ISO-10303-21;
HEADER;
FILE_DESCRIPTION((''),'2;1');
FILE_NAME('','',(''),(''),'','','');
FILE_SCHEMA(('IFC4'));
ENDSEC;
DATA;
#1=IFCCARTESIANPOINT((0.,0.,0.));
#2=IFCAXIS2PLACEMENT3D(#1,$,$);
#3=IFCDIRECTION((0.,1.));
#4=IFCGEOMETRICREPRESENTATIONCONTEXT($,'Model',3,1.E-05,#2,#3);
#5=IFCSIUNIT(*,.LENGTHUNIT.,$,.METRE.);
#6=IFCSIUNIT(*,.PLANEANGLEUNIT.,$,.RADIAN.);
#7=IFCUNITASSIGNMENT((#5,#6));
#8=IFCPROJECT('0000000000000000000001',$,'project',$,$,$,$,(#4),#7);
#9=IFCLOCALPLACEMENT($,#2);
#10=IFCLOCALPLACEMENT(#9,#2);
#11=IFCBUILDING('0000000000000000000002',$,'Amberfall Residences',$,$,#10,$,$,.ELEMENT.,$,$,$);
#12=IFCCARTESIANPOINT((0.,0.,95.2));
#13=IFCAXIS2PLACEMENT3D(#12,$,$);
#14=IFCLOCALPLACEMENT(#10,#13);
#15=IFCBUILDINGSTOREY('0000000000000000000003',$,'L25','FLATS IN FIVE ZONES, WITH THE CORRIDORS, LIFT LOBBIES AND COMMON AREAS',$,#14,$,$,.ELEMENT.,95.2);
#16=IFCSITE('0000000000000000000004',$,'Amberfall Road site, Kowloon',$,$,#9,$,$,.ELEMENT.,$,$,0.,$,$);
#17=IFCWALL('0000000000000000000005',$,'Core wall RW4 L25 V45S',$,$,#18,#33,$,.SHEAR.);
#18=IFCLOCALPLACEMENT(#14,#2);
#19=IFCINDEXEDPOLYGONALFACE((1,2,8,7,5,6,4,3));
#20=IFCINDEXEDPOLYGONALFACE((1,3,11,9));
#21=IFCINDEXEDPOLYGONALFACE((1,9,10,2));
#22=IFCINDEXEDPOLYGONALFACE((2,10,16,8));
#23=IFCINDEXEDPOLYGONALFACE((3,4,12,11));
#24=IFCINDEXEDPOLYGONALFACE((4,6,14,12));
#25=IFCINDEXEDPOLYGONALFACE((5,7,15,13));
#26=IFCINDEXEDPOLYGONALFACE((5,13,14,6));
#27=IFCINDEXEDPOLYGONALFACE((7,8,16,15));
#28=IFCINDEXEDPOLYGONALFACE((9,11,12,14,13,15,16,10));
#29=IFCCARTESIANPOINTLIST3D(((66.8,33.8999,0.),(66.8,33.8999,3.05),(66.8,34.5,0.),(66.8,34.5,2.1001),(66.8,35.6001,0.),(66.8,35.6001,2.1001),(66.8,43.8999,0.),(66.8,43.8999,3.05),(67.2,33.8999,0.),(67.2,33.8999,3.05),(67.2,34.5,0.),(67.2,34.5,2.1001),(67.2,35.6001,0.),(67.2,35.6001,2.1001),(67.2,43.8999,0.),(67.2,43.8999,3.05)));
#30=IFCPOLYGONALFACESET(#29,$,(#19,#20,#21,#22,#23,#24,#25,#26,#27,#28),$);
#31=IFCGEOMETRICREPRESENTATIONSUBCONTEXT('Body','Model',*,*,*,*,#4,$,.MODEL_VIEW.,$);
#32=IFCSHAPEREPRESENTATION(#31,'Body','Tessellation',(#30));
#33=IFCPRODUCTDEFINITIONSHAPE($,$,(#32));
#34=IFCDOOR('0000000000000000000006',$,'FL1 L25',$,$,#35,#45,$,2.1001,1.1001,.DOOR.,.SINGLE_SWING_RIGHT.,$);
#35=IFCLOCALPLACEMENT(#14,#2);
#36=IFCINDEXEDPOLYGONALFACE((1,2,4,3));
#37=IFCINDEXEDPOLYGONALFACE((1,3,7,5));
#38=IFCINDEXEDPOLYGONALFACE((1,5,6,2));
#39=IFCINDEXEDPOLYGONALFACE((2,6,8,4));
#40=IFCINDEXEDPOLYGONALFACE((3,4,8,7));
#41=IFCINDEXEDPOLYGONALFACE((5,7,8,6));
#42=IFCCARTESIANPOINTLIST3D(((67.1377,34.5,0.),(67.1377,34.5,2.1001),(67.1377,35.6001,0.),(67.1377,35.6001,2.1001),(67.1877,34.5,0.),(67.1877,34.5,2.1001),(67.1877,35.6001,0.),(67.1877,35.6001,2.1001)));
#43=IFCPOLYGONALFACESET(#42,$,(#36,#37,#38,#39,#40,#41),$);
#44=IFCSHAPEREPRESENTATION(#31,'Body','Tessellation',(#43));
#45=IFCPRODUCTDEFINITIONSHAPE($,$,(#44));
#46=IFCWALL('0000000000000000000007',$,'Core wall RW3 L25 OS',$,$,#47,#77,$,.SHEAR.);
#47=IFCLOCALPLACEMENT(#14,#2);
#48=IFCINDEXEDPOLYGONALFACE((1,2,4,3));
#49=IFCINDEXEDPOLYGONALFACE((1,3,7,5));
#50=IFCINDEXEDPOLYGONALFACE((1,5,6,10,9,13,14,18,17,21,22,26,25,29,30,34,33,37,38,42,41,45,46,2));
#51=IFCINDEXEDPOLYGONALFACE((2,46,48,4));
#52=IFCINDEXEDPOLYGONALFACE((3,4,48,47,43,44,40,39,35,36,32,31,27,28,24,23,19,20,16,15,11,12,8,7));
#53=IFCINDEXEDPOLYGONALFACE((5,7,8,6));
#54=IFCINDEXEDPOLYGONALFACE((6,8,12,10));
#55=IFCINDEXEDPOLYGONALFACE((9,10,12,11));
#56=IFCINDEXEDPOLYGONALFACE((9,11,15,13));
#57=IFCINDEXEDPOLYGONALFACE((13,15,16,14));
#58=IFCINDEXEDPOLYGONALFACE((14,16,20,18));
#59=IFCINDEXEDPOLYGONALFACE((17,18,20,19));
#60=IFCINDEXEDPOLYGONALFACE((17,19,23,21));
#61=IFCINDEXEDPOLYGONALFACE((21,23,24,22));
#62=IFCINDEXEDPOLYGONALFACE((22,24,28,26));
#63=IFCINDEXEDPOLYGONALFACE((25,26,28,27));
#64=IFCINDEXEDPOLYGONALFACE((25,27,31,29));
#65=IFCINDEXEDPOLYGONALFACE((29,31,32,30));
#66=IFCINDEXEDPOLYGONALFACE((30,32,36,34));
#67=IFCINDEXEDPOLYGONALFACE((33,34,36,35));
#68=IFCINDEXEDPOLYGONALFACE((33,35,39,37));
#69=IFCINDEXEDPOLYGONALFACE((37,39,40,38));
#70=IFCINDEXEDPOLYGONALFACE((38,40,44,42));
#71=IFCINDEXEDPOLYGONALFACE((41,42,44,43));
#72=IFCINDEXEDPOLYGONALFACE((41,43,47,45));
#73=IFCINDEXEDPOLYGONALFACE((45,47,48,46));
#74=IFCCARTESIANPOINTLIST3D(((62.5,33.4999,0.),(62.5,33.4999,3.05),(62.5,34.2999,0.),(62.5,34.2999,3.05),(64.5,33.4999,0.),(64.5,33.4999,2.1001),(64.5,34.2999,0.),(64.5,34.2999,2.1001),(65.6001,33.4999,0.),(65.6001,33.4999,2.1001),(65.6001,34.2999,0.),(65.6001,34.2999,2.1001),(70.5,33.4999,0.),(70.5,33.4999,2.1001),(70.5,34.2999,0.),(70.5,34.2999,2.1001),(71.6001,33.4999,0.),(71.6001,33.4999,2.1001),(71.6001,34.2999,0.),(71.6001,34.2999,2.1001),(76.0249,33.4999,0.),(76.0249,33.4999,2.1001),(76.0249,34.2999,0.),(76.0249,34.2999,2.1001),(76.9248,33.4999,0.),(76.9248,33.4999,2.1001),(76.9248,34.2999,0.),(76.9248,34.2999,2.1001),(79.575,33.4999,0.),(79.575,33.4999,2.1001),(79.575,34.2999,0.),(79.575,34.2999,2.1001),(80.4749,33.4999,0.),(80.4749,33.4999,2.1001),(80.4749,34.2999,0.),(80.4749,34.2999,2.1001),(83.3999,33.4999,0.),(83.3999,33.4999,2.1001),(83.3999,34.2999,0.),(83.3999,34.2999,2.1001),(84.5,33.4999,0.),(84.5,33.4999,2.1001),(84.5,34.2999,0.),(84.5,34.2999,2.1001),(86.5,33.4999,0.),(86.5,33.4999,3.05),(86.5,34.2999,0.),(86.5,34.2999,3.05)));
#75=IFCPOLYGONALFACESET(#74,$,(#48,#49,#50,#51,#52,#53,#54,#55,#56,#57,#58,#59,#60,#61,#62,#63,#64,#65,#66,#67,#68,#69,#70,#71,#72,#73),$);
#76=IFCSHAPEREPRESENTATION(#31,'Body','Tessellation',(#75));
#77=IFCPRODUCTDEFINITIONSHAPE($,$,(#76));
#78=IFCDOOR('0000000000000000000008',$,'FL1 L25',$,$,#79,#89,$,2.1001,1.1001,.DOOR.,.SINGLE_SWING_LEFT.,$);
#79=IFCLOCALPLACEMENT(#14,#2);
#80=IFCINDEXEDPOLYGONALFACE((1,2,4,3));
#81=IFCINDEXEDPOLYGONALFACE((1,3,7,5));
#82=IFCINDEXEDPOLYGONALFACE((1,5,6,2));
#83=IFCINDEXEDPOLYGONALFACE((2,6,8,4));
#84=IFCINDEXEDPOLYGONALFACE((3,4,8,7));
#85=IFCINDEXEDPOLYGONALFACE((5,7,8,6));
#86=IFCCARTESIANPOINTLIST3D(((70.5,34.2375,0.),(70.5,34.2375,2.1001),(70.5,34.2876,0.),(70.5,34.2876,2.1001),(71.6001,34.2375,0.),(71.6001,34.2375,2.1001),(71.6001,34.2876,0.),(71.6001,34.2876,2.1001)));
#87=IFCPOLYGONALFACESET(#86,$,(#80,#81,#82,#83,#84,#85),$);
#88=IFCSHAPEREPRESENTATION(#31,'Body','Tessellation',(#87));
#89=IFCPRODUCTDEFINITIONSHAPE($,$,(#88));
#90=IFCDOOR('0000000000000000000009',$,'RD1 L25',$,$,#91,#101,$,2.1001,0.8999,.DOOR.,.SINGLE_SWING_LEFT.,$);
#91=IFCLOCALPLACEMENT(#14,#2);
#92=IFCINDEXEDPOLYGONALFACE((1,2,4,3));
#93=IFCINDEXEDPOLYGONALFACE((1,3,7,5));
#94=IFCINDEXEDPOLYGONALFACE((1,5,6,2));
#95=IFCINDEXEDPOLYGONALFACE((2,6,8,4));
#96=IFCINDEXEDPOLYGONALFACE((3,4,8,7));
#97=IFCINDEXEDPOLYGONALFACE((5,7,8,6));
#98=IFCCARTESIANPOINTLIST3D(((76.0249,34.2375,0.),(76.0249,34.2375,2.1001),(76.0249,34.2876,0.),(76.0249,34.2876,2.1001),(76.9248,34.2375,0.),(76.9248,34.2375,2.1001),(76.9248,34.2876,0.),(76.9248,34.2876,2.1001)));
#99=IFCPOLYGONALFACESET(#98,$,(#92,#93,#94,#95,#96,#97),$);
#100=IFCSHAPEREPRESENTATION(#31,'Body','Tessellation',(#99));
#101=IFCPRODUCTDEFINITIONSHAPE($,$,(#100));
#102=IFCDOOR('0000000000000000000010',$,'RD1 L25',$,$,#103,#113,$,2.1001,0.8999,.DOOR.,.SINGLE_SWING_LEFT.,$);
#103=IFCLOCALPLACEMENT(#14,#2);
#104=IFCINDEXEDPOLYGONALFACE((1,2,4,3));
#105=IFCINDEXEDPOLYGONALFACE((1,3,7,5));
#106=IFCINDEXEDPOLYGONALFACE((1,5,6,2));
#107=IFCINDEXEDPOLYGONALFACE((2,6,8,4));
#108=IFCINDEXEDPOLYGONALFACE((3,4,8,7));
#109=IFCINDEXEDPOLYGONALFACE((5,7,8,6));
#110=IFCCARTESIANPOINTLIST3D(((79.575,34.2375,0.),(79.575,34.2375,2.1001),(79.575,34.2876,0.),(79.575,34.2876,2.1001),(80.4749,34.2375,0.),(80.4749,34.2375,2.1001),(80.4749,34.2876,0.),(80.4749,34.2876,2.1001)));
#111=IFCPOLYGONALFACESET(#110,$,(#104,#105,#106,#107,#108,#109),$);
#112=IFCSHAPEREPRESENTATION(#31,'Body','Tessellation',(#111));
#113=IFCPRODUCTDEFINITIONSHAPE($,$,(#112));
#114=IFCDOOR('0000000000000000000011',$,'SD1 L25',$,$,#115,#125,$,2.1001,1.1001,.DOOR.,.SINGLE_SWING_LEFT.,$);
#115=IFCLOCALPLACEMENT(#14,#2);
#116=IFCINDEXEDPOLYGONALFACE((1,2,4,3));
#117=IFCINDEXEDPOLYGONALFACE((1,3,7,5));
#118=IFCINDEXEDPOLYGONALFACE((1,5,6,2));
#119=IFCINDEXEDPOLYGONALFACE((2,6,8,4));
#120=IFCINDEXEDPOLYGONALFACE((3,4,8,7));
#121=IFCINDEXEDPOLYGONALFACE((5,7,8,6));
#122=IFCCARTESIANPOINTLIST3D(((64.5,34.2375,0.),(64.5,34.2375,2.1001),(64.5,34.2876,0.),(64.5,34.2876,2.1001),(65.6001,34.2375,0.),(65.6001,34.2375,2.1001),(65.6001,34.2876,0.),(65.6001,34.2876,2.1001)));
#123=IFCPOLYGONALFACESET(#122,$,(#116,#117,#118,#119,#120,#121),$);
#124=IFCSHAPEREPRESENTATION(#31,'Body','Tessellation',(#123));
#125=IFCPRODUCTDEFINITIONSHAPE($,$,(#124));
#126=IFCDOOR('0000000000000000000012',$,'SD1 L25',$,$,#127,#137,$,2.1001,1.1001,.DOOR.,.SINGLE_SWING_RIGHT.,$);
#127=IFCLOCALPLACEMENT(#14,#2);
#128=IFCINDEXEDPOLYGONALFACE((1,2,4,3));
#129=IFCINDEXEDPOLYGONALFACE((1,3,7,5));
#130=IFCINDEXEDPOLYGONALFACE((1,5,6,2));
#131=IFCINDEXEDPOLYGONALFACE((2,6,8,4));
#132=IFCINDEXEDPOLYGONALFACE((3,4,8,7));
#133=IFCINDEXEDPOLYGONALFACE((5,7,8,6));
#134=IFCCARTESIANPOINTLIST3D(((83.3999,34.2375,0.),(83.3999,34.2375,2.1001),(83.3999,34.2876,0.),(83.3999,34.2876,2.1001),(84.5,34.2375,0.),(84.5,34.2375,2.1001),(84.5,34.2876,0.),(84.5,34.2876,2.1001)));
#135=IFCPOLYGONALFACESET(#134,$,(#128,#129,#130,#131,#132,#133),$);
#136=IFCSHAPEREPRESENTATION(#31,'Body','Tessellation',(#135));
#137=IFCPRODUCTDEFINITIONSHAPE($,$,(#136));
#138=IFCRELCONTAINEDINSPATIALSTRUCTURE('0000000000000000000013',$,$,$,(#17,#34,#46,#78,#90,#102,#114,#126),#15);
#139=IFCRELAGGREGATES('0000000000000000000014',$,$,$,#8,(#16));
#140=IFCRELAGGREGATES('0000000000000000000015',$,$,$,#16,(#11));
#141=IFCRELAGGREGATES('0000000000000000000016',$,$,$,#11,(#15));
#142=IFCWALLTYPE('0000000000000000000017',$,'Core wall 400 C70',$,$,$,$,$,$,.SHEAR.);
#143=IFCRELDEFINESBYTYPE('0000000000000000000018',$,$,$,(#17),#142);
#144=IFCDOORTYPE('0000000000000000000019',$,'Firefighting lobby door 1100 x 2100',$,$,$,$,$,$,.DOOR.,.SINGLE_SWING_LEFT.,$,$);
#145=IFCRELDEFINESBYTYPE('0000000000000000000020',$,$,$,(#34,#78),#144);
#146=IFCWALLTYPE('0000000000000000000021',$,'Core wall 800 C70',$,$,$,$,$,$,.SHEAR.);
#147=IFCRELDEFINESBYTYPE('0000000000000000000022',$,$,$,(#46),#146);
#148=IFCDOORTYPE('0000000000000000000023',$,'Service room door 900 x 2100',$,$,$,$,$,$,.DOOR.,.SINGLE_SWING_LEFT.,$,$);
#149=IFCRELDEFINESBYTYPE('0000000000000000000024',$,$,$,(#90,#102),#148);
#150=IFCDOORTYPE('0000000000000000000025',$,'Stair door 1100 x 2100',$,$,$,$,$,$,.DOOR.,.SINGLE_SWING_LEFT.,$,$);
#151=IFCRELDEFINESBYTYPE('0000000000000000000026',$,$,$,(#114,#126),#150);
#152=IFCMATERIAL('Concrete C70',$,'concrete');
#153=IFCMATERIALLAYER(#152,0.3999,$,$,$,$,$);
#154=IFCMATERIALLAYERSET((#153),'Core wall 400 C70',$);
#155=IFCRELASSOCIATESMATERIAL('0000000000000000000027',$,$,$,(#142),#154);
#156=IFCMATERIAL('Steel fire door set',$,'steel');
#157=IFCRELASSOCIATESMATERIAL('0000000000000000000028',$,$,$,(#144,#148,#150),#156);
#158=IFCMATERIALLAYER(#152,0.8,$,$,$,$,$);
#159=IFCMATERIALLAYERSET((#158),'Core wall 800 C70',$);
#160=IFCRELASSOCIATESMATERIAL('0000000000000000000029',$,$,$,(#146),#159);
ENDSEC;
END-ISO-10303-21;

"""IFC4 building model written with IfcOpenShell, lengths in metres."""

from ifc_helpers import new_model, si_unit, direction, frame, frame_2d, origin, place, context, subcontext, project, spatial, rectangle, extrude, material, layer, layer_set, type_object, element, fill, save


model = new_model("IFC4")

# Units and contexts
model_context = context("Model", 3, precision=1e-05, world=origin(), true_north=direction((0.0, 1.0)))
body_context = subcontext(model_context, "Body", "Model", "MODEL_VIEW")
ifc_project = project(units=[si_unit("LENGTHUNIT", "METRE"), si_unit("PLANEANGLEUNIT", "RADIAN")], contexts=[model_context])

# Site, building, storey
site_placement = place(None, origin())
site = spatial("IfcSite", under=ifc_project, at=site_placement, Name="Amberfall Road site, Kowloon", CompositionType="ELEMENT", RefElevation=0.0)
building_placement = place(site_placement, origin())
building = spatial("IfcBuilding", under=site, at=building_placement, Name="Amberfall Residences", CompositionType="ELEMENT")
storey_placement = place(building_placement, frame((0.0, 0.0, 95.2)))
storey = spatial("IfcBuildingStorey", under=building, at=storey_placement, Name="L25", Description="FLATS IN FIVE ZONES, WITH THE CORRIDORS, LIFT LOBBIES AND COMMON AREAS", CompositionType="ELEMENT", Elevation=95.2)

# Wall, opening, door
ifc_material_1 = material(Name="Concrete C70", Category="concrete")
ifc_layer_1 = layer(ifc_material_1, 0.3999)
ifc_layer_set_1 = layer_set([ifc_layer_1], Name="Core wall 400 C70")
wall_type_1 = type_object("IfcWallType", Name="Core wall 400 C70", PredefinedType="SHEAR", material=ifc_layer_set_1)
wall_1_placement = place(storey_placement, frame((67.0, 33.8999, 0.0), z_axis=(0.0, 0.0, 1.0), x_axis=(0.0, 1.0, 0.0)))
wall_1 = element("IfcWall", 1, at=wall_1_placement, inside=storey, type_object=wall_type_1, Name="Core wall RW4 L25 V45S", PredefinedType="SHEAR", context=body_context, shape_type="SweptSolid", body=[
    extrude(rectangle(XDim=10.0, YDim=0.3999, at=frame_2d((5.0, 0.0))), origin(), (0.0, 0.0, 1.0), 3.05),
])
opening_1_placement = place(wall_1_placement, frame((0.6001, 0.0, 0.0)))
opening_1 = element("IfcOpeningElement", 2, at=opening_1_placement, cuts=wall_1, PredefinedType="OPENING", context=body_context, shape_type="SweptSolid", body=[
    extrude(rectangle(XDim=1.1001, YDim=2.1001, at=frame_2d((0.55, 1.05))), frame((0.0, 0.21, 0.0), z_axis=(0.0, -1.0, 0.0), x_axis=(1.0, 0.0, 0.0)), (0.0, 0.0, 1.0), 0.4199),
])
ifc_material_2 = material(Name="Steel fire door set", Category="steel")
door_type_1 = type_object("IfcDoorType", Name="Firefighting lobby door 1100 x 2100", OperationType="SINGLE_SWING_LEFT", PredefinedType="DOOR", material=ifc_material_2)
door_1_placement = place(opening_1_placement, origin())
door_1 = element("IfcDoor", 3, at=door_1_placement, inside=storey, type_object=door_type_1, Name="FL1 L25", OperationType="SINGLE_SWING_RIGHT", OverallHeight=2.1001, OverallWidth=1.1001, PredefinedType="DOOR", context=body_context, shape_type="SweptSolid", body=[
    extrude(rectangle(XDim=1.1001, YDim=2.1001, at=frame_2d((0.55, 1.05))), frame((0.0, -0.1377, 0.0), z_axis=(0.0, -1.0, 0.0), x_axis=(1.0, 0.0, 0.0)), (0.0, 0.0, 1.0), 0.05),
])
fill(opening_1, door_1)

# Wall, openings, doors
ifc_layer_2 = layer(ifc_material_1, 0.8)
ifc_layer_set_2 = layer_set([ifc_layer_2], Name="Core wall 800 C70")
wall_type_2 = type_object("IfcWallType", Name="Core wall 800 C70", PredefinedType="SHEAR", material=ifc_layer_set_2)
wall_2_placement = place(storey_placement, frame((62.5, 33.8999, 0.0), z_axis=(0.0, 0.0, 1.0), x_axis=(1.0, 0.0, 0.0)))
wall_2 = element("IfcWall", 4, at=wall_2_placement, inside=storey, type_object=wall_type_2, Name="Core wall RW3 L25 OS", PredefinedType="SHEAR", context=body_context, shape_type="SweptSolid", body=[
    extrude(rectangle(XDim=24.0, YDim=0.8, at=frame_2d((12.0, 0.0))), origin(), (0.0, 0.0, 1.0), 3.05),
])
opening_2_placement = place(wall_2_placement, frame((2.0, 0.0, 0.0)))
opening_2 = element("IfcOpeningElement", 5, at=opening_2_placement, cuts=wall_2, PredefinedType="OPENING", context=body_context, shape_type="SweptSolid", body=[
    extrude(rectangle(XDim=1.1001, YDim=2.1001, at=frame_2d((0.55, 1.05))), frame((0.0, 0.4099, 0.0), z_axis=(0.0, -1.0, 0.0), x_axis=(1.0, 0.0, 0.0)), (0.0, 0.0, 1.0), 0.8201),
])
opening_3_placement = place(wall_2_placement, frame((20.8999, 0.0, 0.0)))
opening_3 = element("IfcOpeningElement", 6, at=opening_3_placement, cuts=wall_2, PredefinedType="OPENING", context=body_context, shape_type="SweptSolid", body=[
    extrude(rectangle(XDim=1.1001, YDim=2.1001, at=frame_2d((0.55, 1.05))), frame((0.0, 0.4099, 0.0), z_axis=(0.0, -1.0, 0.0), x_axis=(1.0, 0.0, 0.0)), (0.0, 0.0, 1.0), 0.8201),
])
opening_4_placement = place(wall_2_placement, frame((8.0, 0.0, 0.0)))
opening_4 = element("IfcOpeningElement", 7, at=opening_4_placement, cuts=wall_2, PredefinedType="OPENING", context=body_context, shape_type="SweptSolid", body=[
    extrude(rectangle(XDim=1.1001, YDim=2.1001, at=frame_2d((0.55, 1.05))), frame((0.0, 0.4099, 0.0), z_axis=(0.0, -1.0, 0.0), x_axis=(1.0, 0.0, 0.0)), (0.0, 0.0, 1.0), 0.8201),
])
opening_5_placement = place(wall_2_placement, frame((13.5249, 0.0, 0.0)))
opening_5 = element("IfcOpeningElement", 8, at=opening_5_placement, cuts=wall_2, PredefinedType="OPENING", context=body_context, shape_type="SweptSolid", body=[
    extrude(rectangle(XDim=0.8999, YDim=2.1001, at=frame_2d((0.45, 1.05))), frame((0.0, 0.4099, 0.0), z_axis=(0.0, -1.0, 0.0), x_axis=(1.0, 0.0, 0.0)), (0.0, 0.0, 1.0), 0.8201),
])
opening_6_placement = place(wall_2_placement, frame((17.075, 0.0, 0.0)))
opening_6 = element("IfcOpeningElement", 9, at=opening_6_placement, cuts=wall_2, PredefinedType="OPENING", context=body_context, shape_type="SweptSolid", body=[
    extrude(rectangle(XDim=0.8999, YDim=2.1001, at=frame_2d((0.45, 1.05))), frame((0.0, 0.4099, 0.0), z_axis=(0.0, -1.0, 0.0), x_axis=(1.0, 0.0, 0.0)), (0.0, 0.0, 1.0), 0.8201),
])
door_2_placement = place(opening_4_placement, origin())
door_2 = element("IfcDoor", 10, at=door_2_placement, inside=storey, type_object=door_type_1, Name="FL1 L25", OperationType="SINGLE_SWING_LEFT", OverallHeight=2.1001, OverallWidth=1.1001, PredefinedType="DOOR", context=body_context, shape_type="SweptSolid", body=[
    extrude(rectangle(XDim=1.1001, YDim=2.1001, at=frame_2d((0.55, 1.05))), frame((0.0, 0.3877, 0.0), z_axis=(0.0, -1.0, 0.0), x_axis=(1.0, 0.0, 0.0)), (0.0, 0.0, 1.0), 0.05),
])
fill(opening_4, door_2)
door_type_2 = type_object("IfcDoorType", Name="Service room door 900 x 2100", OperationType="SINGLE_SWING_LEFT", PredefinedType="DOOR", material=ifc_material_2)
door_3_placement = place(opening_5_placement, origin())
door_3 = element("IfcDoor", 11, at=door_3_placement, inside=storey, type_object=door_type_2, Name="RD1 L25", OperationType="SINGLE_SWING_LEFT", OverallHeight=2.1001, OverallWidth=0.8999, PredefinedType="DOOR", context=body_context, shape_type="SweptSolid", body=[
    extrude(rectangle(XDim=0.8999, YDim=2.1001, at=frame_2d((0.45, 1.05))), frame((0.0, 0.3877, 0.0), z_axis=(0.0, -1.0, 0.0), x_axis=(1.0, 0.0, 0.0)), (0.0, 0.0, 1.0), 0.05),
])
fill(opening_5, door_3)
door_4_placement = place(opening_6_placement, origin())
door_4 = element("IfcDoor", 12, at=door_4_placement, inside=storey, type_object=door_type_2, Name="RD1 L25", OperationType="SINGLE_SWING_LEFT", OverallHeight=2.1001, OverallWidth=0.8999, PredefinedType="DOOR", context=body_context, shape_type="SweptSolid", body=[
    extrude(rectangle(XDim=0.8999, YDim=2.1001, at=frame_2d((0.45, 1.05))), frame((0.0, 0.3877, 0.0), z_axis=(0.0, -1.0, 0.0), x_axis=(1.0, 0.0, 0.0)), (0.0, 0.0, 1.0), 0.05),
])
fill(opening_6, door_4)
door_type_3 = type_object("IfcDoorType", Name="Stair door 1100 x 2100", OperationType="SINGLE_SWING_LEFT", PredefinedType="DOOR", material=ifc_material_2)
door_5_placement = place(opening_2_placement, origin())
door_5 = element("IfcDoor", 13, at=door_5_placement, inside=storey, type_object=door_type_3, Name="SD1 L25", OperationType="SINGLE_SWING_LEFT", OverallHeight=2.1001, OverallWidth=1.1001, PredefinedType="DOOR", context=body_context, shape_type="SweptSolid", body=[
    extrude(rectangle(XDim=1.1001, YDim=2.1001, at=frame_2d((0.55, 1.05))), frame((0.0, 0.3877, 0.0), z_axis=(0.0, -1.0, 0.0), x_axis=(1.0, 0.0, 0.0)), (0.0, 0.0, 1.0), 0.05),
])
fill(opening_2, door_5)
door_6_placement = place(opening_3_placement, origin())
door_6 = element("IfcDoor", 14, at=door_6_placement, inside=storey, type_object=door_type_3, Name="SD1 L25", OperationType="SINGLE_SWING_RIGHT", OverallHeight=2.1001, OverallWidth=1.1001, PredefinedType="DOOR", context=body_context, shape_type="SweptSolid", body=[
    extrude(rectangle(XDim=1.1001, YDim=2.1001, at=frame_2d((0.55, 1.05))), frame((0.0, 0.3877, 0.0), z_axis=(0.0, -1.0, 0.0), x_axis=(1.0, 0.0, 0.0)), (0.0, 0.0, 1.0), 0.05),
])
fill(opening_3, door_6)

save(model, "model.ifc")
